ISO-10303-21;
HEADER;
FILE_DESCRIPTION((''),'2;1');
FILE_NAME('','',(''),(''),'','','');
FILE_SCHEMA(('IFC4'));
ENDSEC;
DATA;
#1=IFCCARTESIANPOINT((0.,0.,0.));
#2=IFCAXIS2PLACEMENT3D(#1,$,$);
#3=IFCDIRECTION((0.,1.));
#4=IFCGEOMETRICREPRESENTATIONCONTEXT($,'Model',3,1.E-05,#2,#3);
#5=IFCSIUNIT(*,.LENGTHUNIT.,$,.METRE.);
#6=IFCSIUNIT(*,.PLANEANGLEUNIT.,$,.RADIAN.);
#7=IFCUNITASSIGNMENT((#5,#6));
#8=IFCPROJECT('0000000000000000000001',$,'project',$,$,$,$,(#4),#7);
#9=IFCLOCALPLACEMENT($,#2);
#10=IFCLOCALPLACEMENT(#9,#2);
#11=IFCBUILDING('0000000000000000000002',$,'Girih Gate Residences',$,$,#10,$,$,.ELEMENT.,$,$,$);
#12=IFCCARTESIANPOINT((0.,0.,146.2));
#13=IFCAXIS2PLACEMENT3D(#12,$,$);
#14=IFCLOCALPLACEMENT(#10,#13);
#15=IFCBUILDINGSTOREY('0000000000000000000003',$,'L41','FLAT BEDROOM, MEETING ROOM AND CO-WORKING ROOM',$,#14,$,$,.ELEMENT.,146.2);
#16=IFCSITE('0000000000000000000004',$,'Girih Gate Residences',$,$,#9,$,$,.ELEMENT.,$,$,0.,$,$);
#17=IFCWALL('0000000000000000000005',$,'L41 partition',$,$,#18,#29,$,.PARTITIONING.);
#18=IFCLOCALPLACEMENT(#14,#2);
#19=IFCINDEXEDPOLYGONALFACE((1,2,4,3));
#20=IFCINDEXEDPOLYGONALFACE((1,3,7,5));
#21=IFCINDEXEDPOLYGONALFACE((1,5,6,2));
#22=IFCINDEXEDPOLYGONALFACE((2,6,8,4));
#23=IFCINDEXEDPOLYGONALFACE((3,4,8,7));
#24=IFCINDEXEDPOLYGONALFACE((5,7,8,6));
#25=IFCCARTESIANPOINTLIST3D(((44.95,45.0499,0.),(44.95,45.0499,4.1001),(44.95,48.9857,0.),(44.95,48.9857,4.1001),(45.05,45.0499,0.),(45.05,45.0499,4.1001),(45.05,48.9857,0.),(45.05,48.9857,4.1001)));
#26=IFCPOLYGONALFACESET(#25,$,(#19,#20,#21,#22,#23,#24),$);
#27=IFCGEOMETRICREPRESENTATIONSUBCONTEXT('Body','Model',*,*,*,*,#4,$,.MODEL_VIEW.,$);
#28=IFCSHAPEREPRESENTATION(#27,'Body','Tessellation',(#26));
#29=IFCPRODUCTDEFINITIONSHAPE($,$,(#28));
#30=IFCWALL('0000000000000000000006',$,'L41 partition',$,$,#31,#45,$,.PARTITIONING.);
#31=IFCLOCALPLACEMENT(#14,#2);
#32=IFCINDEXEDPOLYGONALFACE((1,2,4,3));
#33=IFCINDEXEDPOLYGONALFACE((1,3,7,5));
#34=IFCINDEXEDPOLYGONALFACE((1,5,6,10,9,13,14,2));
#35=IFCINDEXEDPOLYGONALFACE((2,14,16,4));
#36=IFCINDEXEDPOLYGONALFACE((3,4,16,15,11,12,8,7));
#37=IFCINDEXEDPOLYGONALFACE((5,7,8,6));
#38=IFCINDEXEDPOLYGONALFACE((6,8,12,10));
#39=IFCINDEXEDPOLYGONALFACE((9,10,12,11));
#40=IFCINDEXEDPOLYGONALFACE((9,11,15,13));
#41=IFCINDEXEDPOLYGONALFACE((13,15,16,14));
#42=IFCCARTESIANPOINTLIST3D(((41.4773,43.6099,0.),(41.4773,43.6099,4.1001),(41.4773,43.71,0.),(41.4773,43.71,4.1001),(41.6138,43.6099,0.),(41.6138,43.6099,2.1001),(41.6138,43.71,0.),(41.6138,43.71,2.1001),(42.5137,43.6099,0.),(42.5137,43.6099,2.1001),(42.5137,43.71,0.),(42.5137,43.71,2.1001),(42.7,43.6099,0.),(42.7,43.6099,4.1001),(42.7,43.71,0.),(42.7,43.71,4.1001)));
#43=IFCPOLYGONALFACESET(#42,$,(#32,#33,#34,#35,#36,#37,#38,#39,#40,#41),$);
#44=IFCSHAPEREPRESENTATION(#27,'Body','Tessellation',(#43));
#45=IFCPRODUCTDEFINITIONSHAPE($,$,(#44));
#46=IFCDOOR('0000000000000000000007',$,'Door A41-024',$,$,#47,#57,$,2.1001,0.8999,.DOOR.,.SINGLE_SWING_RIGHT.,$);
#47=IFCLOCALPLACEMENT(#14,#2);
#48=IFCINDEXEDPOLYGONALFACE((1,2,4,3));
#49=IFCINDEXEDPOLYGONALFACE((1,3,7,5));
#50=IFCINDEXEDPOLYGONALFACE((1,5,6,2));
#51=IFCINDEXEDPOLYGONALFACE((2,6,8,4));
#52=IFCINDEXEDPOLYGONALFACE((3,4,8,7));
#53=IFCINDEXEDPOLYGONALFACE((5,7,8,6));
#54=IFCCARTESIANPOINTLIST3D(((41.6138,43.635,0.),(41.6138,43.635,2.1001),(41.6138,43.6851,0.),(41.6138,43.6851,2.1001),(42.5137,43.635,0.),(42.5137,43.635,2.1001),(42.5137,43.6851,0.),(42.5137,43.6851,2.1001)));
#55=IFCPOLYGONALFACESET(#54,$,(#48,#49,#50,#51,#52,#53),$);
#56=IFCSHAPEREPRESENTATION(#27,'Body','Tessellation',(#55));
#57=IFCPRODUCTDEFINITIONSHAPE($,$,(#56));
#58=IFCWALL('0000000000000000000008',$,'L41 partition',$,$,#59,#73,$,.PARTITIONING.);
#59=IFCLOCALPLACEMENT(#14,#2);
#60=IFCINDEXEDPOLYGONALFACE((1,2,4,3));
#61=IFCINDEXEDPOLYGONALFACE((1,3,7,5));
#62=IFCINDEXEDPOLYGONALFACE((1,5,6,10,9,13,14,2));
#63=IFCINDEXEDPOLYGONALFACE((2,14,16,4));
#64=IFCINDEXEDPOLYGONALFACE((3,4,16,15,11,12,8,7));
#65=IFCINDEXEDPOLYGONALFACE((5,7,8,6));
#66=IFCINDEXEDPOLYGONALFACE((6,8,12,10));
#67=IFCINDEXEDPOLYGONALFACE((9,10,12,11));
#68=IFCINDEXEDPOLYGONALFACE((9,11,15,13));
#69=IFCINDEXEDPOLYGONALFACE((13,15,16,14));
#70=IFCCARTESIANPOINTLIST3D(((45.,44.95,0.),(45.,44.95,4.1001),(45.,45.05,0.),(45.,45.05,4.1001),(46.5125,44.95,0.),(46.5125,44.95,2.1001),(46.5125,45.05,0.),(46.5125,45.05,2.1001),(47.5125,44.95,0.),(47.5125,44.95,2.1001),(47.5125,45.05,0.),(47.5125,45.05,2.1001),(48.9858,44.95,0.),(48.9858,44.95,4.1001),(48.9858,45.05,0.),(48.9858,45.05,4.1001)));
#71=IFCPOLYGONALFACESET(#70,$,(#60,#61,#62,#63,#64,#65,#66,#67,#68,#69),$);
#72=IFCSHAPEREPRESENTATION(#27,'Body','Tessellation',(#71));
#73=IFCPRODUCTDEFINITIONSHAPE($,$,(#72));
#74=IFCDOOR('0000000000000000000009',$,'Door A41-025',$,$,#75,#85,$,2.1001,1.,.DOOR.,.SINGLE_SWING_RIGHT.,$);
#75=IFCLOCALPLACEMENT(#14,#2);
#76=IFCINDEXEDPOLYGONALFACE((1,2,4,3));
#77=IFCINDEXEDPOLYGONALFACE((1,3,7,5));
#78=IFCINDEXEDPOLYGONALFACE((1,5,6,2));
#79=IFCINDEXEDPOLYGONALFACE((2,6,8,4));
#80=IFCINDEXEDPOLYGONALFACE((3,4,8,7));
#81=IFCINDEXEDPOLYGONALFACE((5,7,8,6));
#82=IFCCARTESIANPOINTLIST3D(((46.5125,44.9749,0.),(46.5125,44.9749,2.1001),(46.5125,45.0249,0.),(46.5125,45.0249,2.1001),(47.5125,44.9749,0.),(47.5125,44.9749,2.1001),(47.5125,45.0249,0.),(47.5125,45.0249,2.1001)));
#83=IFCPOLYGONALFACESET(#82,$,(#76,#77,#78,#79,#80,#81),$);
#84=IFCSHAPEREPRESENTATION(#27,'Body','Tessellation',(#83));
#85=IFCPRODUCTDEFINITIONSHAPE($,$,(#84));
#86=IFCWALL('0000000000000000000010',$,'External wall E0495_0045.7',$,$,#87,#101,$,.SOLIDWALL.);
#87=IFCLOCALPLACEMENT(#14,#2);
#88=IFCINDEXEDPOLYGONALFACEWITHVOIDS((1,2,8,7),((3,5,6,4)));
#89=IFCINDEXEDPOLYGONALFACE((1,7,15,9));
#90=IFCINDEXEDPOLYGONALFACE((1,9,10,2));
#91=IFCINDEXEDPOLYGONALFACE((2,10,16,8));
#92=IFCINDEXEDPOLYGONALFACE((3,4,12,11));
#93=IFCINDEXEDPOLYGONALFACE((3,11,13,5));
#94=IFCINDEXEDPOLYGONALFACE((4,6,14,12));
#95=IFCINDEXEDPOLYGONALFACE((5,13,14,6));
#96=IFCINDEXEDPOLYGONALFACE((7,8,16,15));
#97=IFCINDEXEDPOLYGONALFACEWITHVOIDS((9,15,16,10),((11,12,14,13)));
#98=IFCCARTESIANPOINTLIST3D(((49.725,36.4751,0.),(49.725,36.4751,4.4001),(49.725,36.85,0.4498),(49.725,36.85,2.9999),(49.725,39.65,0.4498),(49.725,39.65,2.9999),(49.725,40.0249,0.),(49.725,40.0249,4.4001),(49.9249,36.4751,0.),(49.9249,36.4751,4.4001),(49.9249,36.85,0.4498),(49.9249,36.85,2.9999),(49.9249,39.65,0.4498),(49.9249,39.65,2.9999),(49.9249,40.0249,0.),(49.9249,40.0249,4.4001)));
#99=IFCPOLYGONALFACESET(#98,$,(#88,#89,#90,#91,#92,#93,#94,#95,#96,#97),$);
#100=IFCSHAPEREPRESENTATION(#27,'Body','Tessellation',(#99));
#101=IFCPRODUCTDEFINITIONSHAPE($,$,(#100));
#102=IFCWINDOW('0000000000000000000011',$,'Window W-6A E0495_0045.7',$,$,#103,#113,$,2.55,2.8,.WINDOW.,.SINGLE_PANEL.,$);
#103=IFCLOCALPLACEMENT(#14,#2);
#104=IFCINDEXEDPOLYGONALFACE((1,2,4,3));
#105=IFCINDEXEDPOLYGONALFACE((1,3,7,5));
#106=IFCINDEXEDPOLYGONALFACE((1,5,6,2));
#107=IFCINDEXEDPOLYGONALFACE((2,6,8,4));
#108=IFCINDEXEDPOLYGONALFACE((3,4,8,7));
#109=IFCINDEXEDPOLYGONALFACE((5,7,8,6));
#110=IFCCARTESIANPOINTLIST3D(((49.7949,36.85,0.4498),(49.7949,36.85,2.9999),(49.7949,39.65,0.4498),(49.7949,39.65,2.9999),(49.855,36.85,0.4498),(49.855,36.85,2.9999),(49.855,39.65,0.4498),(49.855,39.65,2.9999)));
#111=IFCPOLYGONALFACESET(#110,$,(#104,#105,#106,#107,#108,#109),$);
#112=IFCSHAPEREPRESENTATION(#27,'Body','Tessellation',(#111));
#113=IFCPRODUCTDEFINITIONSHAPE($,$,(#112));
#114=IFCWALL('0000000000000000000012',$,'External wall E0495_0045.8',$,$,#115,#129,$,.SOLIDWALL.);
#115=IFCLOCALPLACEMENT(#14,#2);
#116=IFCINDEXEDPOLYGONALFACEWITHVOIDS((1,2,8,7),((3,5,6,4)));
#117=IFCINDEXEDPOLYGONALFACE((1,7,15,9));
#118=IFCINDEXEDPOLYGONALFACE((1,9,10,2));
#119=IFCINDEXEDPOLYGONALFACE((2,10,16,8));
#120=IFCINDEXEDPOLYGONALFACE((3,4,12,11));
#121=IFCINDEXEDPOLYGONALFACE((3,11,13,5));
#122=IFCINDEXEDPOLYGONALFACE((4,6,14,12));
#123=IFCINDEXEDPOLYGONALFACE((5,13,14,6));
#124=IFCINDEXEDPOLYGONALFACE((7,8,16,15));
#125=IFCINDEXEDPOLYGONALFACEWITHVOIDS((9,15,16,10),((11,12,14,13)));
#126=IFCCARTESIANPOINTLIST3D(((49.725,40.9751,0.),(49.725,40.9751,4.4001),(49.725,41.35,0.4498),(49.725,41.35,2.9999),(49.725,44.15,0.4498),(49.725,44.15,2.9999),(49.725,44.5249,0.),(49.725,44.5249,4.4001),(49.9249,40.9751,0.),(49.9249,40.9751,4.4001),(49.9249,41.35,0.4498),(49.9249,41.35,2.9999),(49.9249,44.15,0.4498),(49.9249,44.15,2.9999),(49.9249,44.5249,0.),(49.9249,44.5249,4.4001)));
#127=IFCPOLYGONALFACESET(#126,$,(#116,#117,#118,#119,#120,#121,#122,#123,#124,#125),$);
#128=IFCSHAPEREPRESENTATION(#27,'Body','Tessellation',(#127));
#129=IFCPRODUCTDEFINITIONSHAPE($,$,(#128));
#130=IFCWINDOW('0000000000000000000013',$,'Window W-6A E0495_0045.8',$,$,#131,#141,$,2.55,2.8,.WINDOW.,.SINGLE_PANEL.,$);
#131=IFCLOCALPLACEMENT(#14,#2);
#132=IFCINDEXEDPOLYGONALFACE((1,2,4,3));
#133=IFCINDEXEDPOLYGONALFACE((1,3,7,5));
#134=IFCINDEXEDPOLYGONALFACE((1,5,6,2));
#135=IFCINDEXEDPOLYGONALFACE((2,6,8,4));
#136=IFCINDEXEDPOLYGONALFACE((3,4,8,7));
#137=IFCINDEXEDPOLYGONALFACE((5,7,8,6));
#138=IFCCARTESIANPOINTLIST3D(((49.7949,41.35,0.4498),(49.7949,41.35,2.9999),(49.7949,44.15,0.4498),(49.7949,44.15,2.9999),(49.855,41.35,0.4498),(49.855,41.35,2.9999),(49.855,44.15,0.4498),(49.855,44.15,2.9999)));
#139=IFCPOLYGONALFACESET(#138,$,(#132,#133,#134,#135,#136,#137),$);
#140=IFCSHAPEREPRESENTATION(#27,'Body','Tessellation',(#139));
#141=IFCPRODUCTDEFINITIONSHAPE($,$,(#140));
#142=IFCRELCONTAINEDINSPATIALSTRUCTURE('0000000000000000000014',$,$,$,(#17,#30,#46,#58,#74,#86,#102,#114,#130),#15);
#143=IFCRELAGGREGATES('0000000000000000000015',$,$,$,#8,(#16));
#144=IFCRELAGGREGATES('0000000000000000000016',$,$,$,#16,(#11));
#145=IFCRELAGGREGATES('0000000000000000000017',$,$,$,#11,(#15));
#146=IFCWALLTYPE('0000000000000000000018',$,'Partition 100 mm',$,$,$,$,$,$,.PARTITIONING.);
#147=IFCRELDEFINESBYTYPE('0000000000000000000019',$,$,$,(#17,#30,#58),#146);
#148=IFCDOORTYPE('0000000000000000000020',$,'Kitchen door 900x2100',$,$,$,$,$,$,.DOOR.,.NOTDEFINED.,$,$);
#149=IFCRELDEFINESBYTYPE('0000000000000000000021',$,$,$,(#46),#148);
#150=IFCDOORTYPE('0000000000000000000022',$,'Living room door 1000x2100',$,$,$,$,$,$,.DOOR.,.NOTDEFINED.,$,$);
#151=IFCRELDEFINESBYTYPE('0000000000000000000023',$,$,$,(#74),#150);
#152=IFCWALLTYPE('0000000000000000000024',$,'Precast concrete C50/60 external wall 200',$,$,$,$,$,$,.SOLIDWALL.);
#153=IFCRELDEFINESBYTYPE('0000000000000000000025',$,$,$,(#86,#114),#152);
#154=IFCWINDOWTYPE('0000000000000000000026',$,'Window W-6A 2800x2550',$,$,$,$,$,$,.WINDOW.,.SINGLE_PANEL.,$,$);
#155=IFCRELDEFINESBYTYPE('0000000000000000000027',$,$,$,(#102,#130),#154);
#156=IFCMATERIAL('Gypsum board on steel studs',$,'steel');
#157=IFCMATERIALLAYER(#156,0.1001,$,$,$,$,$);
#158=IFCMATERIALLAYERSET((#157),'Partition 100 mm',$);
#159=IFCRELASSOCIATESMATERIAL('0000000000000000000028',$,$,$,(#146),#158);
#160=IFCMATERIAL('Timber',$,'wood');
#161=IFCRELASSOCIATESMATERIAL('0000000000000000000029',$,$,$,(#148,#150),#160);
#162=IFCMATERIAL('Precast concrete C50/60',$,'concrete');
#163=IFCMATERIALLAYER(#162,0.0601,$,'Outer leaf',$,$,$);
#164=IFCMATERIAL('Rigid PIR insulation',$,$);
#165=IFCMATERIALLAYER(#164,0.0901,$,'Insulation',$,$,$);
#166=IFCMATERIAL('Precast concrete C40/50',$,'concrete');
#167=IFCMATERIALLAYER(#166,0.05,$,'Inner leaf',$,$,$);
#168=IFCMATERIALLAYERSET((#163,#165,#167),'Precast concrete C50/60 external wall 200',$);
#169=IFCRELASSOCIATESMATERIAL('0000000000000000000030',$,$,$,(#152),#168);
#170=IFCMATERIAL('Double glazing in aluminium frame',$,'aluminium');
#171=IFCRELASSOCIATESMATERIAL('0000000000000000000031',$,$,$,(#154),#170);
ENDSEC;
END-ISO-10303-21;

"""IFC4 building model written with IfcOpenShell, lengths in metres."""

from ifc_helpers import new_model, si_unit, direction, frame, frame_2d, origin, place, context, subcontext, project, spatial, rectangle, extrude, material, layer, layer_set, type_object, element, fill, save


model = new_model("IFC4")

# Units and contexts
model_context = context("Model", 3, precision=1e-05, world=origin(), true_north=direction((0.0, 1.0)))
body_context = subcontext(model_context, "Body", "Model", "MODEL_VIEW")
ifc_project = project(units=[si_unit("LENGTHUNIT", "METRE"), si_unit("PLANEANGLEUNIT", "RADIAN")], contexts=[model_context])

# Site, building, storey
site_placement = place(None, origin())
site = spatial("IfcSite", under=ifc_project, at=site_placement, Name="Girih Gate Residences", CompositionType="ELEMENT", RefElevation=0.0)
building_placement = place(site_placement, origin())
building = spatial("IfcBuilding", under=site, at=building_placement, Name="Girih Gate Residences", CompositionType="ELEMENT")
storey_placement = place(building_placement, frame((0.0, 0.0, 146.2)))
storey = spatial("IfcBuildingStorey", under=building, at=storey_placement, Name="L41", Description="FLAT BEDROOM, MEETING ROOM AND CO-WORKING ROOM", CompositionType="ELEMENT", Elevation=146.2)

# Shared definitions
ifc_material_1 = material(Name="Gypsum board on steel studs", Category="steel")

# Shared definitions
ifc_material_2 = material(Name="Timber", Category="wood")

# Wall
ifc_layer_1 = layer(ifc_material_1, 0.1001)
ifc_layer_set_1 = layer_set([ifc_layer_1], Name="Partition 100 mm")
wall_type_1 = type_object("IfcWallType", Name="Partition 100 mm", PredefinedType="PARTITIONING", material=ifc_layer_set_1)
wall_1_placement = place(storey_placement, frame((45.0, 45.05, 0.0), z_axis=(0.0, 0.0, 1.0), x_axis=(0.0, 1.0, 0.0)))
element("IfcWall", 1, at=wall_1_placement, inside=storey, type_object=wall_type_1, Name="L41 partition", PredefinedType="PARTITIONING", context=body_context, shape_type="SweptSolid", body=[
    extrude(rectangle(XDim=3.9358, YDim=0.1001, at=frame_2d((1.9678, 0.0))), origin(), (0.0, 0.0, 1.0), 4.1001),
])

# Walls, openings, doors
wall_2_placement = place(storey_placement, frame((42.7, 43.6599, 0.0), z_axis=(0.0, 0.0, 1.0), x_axis=(-1.0, 0.0, 0.0)))
wall_2 = element("IfcWall", 2, at=wall_2_placement, inside=storey, type_object=wall_type_1, Name="L41 partition", PredefinedType="PARTITIONING", context=body_context, shape_type="SweptSolid", body=[
    extrude(rectangle(XDim=1.2227, YDim=0.1001, at=frame_2d((0.6113, 0.0))), origin(), (0.0, 0.0, 1.0), 4.1001),
])
opening_1_placement = place(wall_2_placement, frame((0.1863, 0.0, 0.0)))
opening_1 = element("IfcOpeningElement", 3, at=opening_1_placement, cuts=wall_2, PredefinedType="OPENING", context=body_context, shape_type="SweptSolid", body=[
    extrude(rectangle(XDim=0.8999, YDim=2.1001, at=frame_2d((0.45, 1.05))), frame((0.0, 0.0601, 0.0), z_axis=(0.0, -1.0, 0.0), x_axis=(1.0, 0.0, 0.0)), (0.0, 0.0, 1.0), 0.1201),
])
door_type_1 = type_object("IfcDoorType", Name="Kitchen door 900x2100", OperationType="NOTDEFINED", PredefinedType="DOOR", material=ifc_material_2)
door_1_placement = place(opening_1_placement, origin())
door_1 = element("IfcDoor", 4, at=door_1_placement, inside=storey, type_object=door_type_1, Name="Door A41-024", OperationType="SINGLE_SWING_RIGHT", OverallHeight=2.1001, OverallWidth=0.8999, PredefinedType="DOOR", context=body_context, shape_type="SweptSolid", body=[
    extrude(rectangle(XDim=0.8999, YDim=2.1001, at=frame_2d((0.45, 1.05))), frame((0.0, 0.0249, 0.0), z_axis=(0.0, -1.0, 0.0), x_axis=(1.0, 0.0, 0.0)), (0.0, 0.0, 1.0), 0.05),
])
fill(opening_1, door_1)
wall_3_placement = place(storey_placement, frame((45.0, 45.0, 0.0), z_axis=(0.0, 0.0, 1.0), x_axis=(1.0, 0.0, 0.0)))
wall_3 = element("IfcWall", 5, at=wall_3_placement, inside=storey, type_object=wall_type_1, Name="L41 partition", PredefinedType="PARTITIONING", context=body_context, shape_type="SweptSolid", body=[
    extrude(rectangle(XDim=3.9858, YDim=0.1001, at=frame_2d((1.9929, 0.0))), origin(), (0.0, 0.0, 1.0), 4.1001),
])
opening_2_placement = place(wall_3_placement, frame((1.5125, 0.0, 0.0)))
opening_2 = element("IfcOpeningElement", 6, at=opening_2_placement, cuts=wall_3, PredefinedType="OPENING", context=body_context, shape_type="SweptSolid", body=[
    extrude(rectangle(XDim=1.0, YDim=2.1001, at=frame_2d((0.5, 1.05))), frame((0.0, 0.0601, 0.0), z_axis=(0.0, -1.0, 0.0), x_axis=(1.0, 0.0, 0.0)), (0.0, 0.0, 1.0), 0.1201),
])
door_type_2 = type_object("IfcDoorType", Name="Living room door 1000x2100", OperationType="NOTDEFINED", PredefinedType="DOOR", material=ifc_material_2)
door_2_placement = place(opening_2_placement, origin())
door_2 = element("IfcDoor", 7, at=door_2_placement, inside=storey, type_object=door_type_2, Name="Door A41-025", OperationType="SINGLE_SWING_RIGHT", OverallHeight=2.1001, OverallWidth=1.0, PredefinedType="DOOR", context=body_context, shape_type="SweptSolid", body=[
    extrude(rectangle(XDim=1.0, YDim=2.1001, at=frame_2d((0.5, 1.05))), frame((0.0, 0.0249, 0.0), z_axis=(0.0, -1.0, 0.0), x_axis=(1.0, 0.0, 0.0)), (0.0, 0.0, 1.0), 0.05),
])
fill(opening_2, door_2)

# Walls, openings, windows
ifc_material_3 = material(Name="Precast concrete C50/60", Category="concrete")
ifc_layer_2 = layer(ifc_material_3, 0.0601, Name="Outer leaf")
ifc_material_4 = material(Name="Rigid PIR insulation")
ifc_layer_3 = layer(ifc_material_4, 0.0901, Name="Insulation")
ifc_material_5 = material(Name="Precast concrete C40/50", Category="concrete")
ifc_layer_4 = layer(ifc_material_5, 0.05, Name="Inner leaf")
ifc_layer_set_2 = layer_set([ifc_layer_2, ifc_layer_3, ifc_layer_4], Name="Precast concrete C50/60 external wall 200")
wall_type_2 = type_object("IfcWallType", Name="Precast concrete C50/60 external wall 200", PredefinedType="SOLIDWALL", material=ifc_layer_set_2)
wall_4_placement = place(storey_placement, frame((49.825, 40.0249, 0.0), z_axis=(0.0, 0.0, 1.0), x_axis=(0.0, -1.0, 0.0)))
wall_4 = element("IfcWall", 8, at=wall_4_placement, inside=storey, type_object=wall_type_2, Name="External wall E0495_0045.7", PredefinedType="SOLIDWALL", context=body_context, shape_type="SweptSolid", body=[
    extrude(rectangle(XDim=3.5498, YDim=0.2, at=frame_2d((1.7749, 0.0))), origin(), (0.0, 0.0, 1.0), 4.4001),
])
opening_3_placement = place(wall_4_placement, frame((0.375, 0.0, 0.45)))
opening_3 = element("IfcOpeningElement", 9, at=opening_3_placement, cuts=wall_4, PredefinedType="OPENING", context=body_context, shape_type="SweptSolid", body=[
    extrude(rectangle(XDim=2.8, YDim=2.55, at=frame_2d((1.3999, 1.2749))), frame((0.0, 0.1099, 0.0), z_axis=(0.0, -1.0, 0.0), x_axis=(1.0, 0.0, 0.0)), (0.0, 0.0, 1.0), 0.22),
])
ifc_material_6 = material(Name="Double glazing in aluminium frame", Category="aluminium")
window_type_1 = type_object("IfcWindowType", Name="Window W-6A 2800x2550", PartitioningType="SINGLE_PANEL", PredefinedType="WINDOW", material=ifc_material_6)
window_1_placement = place(opening_3_placement, origin())
window_1 = element("IfcWindow", 10, at=window_1_placement, inside=storey, type_object=window_type_1, Name="Window W-6A E0495_0045.7", OverallHeight=2.55, OverallWidth=2.8, PartitioningType="SINGLE_PANEL", PredefinedType="WINDOW", context=body_context, shape_type="SweptSolid", body=[
    extrude(rectangle(XDim=2.8, YDim=2.55, at=frame_2d((1.3999, 1.2749))), frame((0.0, 0.03, 0.0), z_axis=(0.0, -1.0, 0.0), x_axis=(1.0, 0.0, 0.0)), (0.0, 0.0, 1.0), 0.0601),
])
fill(opening_3, window_1)
wall_5_placement = place(storey_placement, frame((49.825, 44.5249, 0.0), z_axis=(0.0, 0.0, 1.0), x_axis=(0.0, -1.0, 0.0)))
wall_5 = element("IfcWall", 11, at=wall_5_placement, inside=storey, type_object=wall_type_2, Name="External wall E0495_0045.8", PredefinedType="SOLIDWALL", context=body_context, shape_type="SweptSolid", body=[
    extrude(rectangle(XDim=3.5498, YDim=0.2, at=frame_2d((1.7749, 0.0))), origin(), (0.0, 0.0, 1.0), 4.4001),
])
opening_4_placement = place(wall_5_placement, frame((0.375, 0.0, 0.45)))
opening_4 = element("IfcOpeningElement", 12, at=opening_4_placement, cuts=wall_5, PredefinedType="OPENING", context=body_context, shape_type="SweptSolid", body=[
    extrude(rectangle(XDim=2.8, YDim=2.55, at=frame_2d((1.3999, 1.2749))), frame((0.0, 0.1099, 0.0), z_axis=(0.0, -1.0, 0.0), x_axis=(1.0, 0.0, 0.0)), (0.0, 0.0, 1.0), 0.22),
])
window_2_placement = place(opening_4_placement, origin())
window_2 = element("IfcWindow", 13, at=window_2_placement, inside=storey, type_object=window_type_1, Name="Window W-6A E0495_0045.8", OverallHeight=2.55, OverallWidth=2.8, PartitioningType="SINGLE_PANEL", PredefinedType="WINDOW", context=body_context, shape_type="SweptSolid", body=[
    extrude(rectangle(XDim=2.8, YDim=2.55, at=frame_2d((1.3999, 1.2749))), frame((0.0, 0.03, 0.0), z_axis=(0.0, -1.0, 0.0), x_axis=(1.0, 0.0, 0.0)), (0.0, 0.0, 1.0), 0.0601),
])
fill(opening_4, window_2)

save(model, "model.ifc")
